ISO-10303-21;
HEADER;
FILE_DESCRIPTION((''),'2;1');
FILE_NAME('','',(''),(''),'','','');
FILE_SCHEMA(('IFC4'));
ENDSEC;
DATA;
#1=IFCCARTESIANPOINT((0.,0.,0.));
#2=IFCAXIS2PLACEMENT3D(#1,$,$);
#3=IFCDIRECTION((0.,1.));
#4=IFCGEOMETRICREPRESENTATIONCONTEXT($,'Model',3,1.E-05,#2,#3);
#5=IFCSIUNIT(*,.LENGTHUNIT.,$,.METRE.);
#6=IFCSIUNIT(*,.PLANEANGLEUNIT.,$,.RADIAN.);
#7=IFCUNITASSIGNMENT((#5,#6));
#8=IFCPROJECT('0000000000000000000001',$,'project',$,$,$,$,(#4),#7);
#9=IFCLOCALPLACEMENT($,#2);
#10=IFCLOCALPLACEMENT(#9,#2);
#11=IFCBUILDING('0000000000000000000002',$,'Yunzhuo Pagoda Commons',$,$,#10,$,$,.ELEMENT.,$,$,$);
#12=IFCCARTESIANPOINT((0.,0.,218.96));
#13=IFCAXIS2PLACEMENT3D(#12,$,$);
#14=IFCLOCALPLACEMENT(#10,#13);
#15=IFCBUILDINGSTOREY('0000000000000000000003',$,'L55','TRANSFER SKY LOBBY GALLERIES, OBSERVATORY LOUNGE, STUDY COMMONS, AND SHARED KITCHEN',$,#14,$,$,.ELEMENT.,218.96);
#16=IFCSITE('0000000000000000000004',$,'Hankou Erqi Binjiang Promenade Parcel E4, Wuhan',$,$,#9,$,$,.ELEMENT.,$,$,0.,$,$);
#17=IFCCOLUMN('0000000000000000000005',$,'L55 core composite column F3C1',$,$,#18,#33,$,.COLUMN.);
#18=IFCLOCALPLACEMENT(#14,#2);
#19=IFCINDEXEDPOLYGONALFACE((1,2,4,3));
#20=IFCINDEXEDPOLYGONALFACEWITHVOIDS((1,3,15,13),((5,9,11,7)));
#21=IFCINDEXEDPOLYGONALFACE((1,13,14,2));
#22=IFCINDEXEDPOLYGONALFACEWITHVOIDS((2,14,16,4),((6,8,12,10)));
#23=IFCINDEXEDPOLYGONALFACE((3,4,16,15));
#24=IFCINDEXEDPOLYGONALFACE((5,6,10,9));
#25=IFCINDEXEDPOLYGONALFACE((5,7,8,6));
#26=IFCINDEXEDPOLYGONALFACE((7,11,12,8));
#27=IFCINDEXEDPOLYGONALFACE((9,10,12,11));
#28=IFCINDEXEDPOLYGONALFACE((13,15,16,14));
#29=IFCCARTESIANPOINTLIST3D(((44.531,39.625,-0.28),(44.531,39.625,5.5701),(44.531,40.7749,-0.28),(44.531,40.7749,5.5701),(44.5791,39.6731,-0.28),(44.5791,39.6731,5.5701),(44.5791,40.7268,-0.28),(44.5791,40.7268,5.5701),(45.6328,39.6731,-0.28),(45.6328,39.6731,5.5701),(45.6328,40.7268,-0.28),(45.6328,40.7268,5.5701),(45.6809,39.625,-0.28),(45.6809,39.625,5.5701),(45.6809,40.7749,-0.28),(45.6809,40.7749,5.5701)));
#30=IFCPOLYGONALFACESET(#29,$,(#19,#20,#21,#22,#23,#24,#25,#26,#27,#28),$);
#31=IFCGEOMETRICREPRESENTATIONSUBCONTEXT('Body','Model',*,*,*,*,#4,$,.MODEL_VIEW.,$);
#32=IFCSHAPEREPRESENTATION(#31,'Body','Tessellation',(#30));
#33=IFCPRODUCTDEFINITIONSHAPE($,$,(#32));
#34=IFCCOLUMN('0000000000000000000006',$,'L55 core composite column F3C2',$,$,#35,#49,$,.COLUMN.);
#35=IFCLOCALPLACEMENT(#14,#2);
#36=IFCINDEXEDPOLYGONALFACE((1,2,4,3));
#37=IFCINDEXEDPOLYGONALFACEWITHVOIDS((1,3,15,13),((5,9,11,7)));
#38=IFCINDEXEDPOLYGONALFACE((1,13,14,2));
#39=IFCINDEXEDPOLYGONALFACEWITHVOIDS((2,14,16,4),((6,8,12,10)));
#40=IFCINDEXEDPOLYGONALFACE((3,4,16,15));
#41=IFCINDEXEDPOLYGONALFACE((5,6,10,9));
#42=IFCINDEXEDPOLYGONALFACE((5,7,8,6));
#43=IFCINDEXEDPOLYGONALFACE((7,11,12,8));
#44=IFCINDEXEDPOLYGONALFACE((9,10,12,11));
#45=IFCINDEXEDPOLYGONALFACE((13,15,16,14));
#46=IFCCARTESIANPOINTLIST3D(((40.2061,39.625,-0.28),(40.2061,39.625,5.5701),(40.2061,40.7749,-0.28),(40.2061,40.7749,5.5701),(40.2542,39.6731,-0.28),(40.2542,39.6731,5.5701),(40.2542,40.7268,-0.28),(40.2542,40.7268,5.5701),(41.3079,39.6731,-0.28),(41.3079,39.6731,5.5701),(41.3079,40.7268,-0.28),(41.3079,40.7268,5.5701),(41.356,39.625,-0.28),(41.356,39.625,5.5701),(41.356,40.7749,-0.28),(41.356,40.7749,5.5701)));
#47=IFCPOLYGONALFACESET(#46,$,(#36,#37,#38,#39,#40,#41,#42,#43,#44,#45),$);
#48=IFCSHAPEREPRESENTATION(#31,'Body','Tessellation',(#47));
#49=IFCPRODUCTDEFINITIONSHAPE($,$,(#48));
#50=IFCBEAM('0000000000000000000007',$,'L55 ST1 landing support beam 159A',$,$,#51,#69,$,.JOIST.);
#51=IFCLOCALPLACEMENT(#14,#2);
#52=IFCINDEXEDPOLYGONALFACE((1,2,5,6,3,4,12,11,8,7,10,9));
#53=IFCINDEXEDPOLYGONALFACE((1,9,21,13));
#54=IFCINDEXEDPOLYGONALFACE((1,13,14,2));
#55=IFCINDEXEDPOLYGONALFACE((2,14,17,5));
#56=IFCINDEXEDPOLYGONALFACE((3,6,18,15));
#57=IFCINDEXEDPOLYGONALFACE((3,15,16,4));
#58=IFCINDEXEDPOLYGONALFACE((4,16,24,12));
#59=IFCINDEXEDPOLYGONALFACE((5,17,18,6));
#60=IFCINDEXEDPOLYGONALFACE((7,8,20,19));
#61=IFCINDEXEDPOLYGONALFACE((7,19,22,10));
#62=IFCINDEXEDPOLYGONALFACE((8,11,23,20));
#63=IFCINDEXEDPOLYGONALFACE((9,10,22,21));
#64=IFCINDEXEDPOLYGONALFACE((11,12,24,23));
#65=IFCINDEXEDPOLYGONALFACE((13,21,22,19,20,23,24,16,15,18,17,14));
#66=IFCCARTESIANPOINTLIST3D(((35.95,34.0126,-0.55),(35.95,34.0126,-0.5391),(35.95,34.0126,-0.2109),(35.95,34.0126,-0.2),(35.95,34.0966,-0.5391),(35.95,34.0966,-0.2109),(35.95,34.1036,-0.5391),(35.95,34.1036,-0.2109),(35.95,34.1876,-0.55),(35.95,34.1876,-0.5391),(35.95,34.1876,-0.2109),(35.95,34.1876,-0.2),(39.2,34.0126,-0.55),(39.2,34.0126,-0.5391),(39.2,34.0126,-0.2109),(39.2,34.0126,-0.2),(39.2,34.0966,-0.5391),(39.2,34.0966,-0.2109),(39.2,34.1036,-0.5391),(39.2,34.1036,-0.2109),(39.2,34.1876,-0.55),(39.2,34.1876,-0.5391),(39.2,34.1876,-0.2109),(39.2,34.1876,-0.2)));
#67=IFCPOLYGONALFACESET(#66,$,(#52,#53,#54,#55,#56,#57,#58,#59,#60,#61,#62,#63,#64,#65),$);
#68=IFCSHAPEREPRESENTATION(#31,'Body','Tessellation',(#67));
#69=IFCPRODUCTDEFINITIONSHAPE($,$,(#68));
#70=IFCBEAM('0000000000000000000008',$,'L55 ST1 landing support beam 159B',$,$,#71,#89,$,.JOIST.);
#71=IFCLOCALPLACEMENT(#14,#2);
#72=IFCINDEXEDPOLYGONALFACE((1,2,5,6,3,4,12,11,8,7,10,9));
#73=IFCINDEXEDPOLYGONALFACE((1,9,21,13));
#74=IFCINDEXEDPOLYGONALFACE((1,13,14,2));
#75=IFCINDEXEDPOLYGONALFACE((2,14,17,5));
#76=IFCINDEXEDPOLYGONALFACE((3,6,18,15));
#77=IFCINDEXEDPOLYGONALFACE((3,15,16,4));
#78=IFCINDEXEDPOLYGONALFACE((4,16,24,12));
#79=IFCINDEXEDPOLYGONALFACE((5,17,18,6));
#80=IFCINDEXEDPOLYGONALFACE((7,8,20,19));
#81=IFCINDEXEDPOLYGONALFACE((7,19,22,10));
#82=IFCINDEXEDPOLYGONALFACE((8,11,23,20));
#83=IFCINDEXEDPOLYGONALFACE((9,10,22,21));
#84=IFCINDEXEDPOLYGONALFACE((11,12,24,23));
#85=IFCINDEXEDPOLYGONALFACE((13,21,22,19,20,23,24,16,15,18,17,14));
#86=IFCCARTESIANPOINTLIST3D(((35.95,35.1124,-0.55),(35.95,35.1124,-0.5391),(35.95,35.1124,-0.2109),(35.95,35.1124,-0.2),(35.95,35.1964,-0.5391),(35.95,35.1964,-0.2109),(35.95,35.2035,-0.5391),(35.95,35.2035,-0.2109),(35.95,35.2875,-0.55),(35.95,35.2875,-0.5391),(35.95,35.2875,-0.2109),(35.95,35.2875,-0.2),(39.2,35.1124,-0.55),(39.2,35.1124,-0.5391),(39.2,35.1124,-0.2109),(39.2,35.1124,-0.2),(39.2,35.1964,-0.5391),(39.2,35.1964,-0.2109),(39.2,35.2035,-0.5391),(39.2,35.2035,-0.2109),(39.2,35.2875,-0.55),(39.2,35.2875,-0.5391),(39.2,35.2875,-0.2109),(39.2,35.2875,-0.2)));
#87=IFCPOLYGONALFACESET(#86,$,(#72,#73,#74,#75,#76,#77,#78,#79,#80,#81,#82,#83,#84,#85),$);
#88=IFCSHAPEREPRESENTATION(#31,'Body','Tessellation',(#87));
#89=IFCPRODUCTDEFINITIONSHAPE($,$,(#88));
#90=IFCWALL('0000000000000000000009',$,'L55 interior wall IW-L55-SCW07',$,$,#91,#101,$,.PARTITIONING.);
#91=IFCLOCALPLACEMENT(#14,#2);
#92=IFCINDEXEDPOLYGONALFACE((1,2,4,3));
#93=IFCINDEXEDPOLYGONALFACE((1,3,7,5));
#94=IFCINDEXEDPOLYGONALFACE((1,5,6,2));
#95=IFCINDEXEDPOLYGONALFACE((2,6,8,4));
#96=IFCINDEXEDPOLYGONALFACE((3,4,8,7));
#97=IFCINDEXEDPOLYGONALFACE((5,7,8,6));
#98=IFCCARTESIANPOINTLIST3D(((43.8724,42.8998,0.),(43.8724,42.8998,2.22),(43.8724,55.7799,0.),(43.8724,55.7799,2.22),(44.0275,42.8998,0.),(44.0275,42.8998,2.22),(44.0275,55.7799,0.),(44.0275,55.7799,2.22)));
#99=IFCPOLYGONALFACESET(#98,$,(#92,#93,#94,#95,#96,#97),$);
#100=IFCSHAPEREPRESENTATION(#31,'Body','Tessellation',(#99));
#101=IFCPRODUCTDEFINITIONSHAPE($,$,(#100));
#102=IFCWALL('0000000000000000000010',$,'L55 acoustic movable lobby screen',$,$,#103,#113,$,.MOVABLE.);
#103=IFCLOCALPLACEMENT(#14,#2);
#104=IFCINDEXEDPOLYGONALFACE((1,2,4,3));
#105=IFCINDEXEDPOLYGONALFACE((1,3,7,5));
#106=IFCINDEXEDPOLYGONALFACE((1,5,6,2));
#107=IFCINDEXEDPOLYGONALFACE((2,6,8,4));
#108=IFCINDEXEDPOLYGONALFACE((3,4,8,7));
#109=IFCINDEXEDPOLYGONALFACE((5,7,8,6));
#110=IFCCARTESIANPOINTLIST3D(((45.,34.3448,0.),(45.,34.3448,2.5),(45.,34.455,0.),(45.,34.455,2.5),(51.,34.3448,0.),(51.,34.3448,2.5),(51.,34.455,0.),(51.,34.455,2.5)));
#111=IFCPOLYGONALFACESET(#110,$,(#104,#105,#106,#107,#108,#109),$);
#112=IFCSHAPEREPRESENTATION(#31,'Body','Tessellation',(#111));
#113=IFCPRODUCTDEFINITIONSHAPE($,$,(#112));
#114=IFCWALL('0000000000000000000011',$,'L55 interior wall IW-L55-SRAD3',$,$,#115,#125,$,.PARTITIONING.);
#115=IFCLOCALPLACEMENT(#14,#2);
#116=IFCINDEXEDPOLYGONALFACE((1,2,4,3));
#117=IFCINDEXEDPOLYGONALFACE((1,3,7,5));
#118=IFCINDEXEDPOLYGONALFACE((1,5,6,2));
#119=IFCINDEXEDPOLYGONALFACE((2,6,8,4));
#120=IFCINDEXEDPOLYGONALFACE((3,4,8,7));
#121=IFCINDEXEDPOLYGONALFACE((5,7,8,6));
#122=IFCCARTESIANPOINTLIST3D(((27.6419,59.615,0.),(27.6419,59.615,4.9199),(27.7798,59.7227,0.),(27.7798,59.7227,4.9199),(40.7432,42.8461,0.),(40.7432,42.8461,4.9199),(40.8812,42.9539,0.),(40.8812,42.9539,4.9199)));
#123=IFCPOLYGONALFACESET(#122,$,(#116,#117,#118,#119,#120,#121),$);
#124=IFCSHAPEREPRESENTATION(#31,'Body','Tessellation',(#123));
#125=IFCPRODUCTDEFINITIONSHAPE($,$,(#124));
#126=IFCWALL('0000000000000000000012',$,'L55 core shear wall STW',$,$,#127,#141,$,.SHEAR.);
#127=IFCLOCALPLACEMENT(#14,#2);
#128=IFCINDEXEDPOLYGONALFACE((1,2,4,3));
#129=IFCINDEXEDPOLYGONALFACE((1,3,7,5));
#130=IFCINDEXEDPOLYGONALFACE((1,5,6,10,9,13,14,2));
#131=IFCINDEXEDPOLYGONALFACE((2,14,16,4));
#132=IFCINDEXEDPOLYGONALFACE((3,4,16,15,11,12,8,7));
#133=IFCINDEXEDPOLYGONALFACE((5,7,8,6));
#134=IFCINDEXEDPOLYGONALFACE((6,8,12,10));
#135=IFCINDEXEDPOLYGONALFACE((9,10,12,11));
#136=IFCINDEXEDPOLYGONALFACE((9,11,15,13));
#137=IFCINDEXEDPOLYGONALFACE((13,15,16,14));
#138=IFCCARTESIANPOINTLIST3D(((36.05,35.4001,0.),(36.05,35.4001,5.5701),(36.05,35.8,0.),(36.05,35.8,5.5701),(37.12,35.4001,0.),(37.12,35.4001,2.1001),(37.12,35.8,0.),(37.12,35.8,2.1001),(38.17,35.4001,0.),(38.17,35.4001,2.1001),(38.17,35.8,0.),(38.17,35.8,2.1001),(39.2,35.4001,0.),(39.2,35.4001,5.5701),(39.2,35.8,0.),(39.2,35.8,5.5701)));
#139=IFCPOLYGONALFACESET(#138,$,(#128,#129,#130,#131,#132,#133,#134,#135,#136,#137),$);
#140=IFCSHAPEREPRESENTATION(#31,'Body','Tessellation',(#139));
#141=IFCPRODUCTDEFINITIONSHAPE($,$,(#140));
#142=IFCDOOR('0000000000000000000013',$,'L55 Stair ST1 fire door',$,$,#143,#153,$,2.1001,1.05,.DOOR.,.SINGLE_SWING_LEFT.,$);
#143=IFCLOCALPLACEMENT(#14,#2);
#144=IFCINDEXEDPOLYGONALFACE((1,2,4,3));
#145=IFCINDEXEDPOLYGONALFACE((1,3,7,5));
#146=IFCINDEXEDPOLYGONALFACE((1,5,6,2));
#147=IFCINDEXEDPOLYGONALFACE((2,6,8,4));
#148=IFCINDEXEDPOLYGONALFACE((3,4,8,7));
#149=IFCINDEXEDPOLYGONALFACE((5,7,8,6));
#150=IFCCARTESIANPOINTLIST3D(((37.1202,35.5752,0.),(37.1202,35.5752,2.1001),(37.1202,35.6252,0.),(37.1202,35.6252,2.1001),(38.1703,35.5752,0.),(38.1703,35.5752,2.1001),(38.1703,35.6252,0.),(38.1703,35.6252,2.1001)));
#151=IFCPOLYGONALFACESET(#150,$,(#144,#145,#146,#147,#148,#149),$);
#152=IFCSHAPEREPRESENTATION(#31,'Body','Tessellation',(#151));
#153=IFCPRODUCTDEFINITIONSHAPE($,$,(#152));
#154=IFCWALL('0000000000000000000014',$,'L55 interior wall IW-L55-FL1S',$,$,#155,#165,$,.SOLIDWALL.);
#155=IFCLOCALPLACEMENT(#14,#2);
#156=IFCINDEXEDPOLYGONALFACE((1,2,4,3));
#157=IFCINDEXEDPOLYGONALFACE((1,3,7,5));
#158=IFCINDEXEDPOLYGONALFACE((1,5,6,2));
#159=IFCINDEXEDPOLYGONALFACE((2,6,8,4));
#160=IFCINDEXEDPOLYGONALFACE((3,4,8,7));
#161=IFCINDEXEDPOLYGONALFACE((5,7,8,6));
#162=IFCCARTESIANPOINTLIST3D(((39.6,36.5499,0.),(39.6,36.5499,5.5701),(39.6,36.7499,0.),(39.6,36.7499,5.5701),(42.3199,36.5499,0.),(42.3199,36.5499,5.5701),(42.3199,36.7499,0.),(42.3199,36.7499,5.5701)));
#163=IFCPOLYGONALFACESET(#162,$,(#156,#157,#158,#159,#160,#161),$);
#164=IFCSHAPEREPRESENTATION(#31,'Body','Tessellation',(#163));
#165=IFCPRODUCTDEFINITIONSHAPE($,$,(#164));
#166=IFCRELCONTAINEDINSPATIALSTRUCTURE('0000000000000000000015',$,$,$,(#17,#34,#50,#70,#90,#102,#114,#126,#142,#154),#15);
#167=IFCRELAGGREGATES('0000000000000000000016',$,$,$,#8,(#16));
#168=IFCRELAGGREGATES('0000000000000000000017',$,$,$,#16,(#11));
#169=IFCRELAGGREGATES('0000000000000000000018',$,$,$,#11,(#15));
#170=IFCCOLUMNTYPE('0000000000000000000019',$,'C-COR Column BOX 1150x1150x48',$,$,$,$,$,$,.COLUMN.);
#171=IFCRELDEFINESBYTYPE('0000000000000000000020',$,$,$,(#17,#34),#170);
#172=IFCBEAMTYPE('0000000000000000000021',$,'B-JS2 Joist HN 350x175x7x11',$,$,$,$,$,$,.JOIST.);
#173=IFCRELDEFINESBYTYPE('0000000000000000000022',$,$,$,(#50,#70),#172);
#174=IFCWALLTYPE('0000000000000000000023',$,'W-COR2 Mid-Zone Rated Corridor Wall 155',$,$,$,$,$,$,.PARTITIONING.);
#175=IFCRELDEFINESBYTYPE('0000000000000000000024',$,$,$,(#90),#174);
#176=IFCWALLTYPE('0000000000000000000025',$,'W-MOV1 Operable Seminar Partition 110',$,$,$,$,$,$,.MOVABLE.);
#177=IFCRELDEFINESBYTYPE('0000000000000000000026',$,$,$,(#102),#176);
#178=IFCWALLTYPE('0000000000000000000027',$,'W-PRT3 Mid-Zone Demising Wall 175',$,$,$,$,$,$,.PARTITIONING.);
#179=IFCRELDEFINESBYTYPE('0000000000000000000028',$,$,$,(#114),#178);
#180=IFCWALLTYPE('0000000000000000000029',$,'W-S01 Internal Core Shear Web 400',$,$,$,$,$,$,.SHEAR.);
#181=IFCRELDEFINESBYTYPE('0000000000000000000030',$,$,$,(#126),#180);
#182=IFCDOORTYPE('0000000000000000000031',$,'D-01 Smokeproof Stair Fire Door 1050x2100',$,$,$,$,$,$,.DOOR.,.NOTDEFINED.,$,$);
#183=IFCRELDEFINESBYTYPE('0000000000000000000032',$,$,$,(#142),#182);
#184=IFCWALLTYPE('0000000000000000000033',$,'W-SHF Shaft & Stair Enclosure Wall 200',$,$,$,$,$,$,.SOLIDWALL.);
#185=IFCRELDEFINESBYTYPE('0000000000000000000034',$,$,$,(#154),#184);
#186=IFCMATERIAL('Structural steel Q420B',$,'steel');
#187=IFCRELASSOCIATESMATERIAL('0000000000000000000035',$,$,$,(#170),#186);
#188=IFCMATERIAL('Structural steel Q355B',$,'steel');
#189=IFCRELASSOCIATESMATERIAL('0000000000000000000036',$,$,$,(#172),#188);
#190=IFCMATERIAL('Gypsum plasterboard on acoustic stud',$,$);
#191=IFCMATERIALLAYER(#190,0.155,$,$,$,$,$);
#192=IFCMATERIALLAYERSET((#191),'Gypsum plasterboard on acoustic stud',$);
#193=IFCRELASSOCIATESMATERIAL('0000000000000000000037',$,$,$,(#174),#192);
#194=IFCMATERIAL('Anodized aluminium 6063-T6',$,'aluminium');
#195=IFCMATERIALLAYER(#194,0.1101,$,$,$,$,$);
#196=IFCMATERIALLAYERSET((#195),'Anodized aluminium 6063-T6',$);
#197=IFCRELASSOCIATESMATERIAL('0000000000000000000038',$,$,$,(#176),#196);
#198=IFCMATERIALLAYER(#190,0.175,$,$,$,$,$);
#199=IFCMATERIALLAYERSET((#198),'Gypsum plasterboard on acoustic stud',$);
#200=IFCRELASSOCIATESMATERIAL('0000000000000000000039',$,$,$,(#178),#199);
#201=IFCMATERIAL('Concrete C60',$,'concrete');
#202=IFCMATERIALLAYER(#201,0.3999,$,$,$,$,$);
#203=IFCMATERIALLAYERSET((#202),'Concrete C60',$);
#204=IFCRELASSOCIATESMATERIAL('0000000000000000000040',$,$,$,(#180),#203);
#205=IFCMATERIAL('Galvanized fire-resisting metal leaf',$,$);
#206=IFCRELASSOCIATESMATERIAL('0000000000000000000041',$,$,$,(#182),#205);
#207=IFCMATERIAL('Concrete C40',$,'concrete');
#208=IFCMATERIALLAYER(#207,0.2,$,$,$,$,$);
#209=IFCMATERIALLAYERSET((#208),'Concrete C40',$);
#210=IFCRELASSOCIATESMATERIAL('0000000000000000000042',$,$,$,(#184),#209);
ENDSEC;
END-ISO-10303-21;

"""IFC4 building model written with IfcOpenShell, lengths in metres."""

from ifc_helpers import new_model, si_unit, direction, frame, frame_2d, origin, origin_2d, place, context, subcontext, project, spatial, rectangle, hollow_rectangle, i_section, extrude, source, transform, mapped, material, layer, layer_set, material_profile, profile_set, type_object, element, fill, save


model = new_model("IFC4")

# Units and contexts
model_context = context("Model", 3, precision=1e-05, world=origin(), true_north=direction((0.0, 1.0)))
body_context = subcontext(model_context, "Body", "Model", "MODEL_VIEW")
ifc_project = project(units=[si_unit("LENGTHUNIT", "METRE"), si_unit("PLANEANGLEUNIT", "RADIAN")], contexts=[model_context])

# Site, building, storey
site_placement = place(None, origin())
site = spatial("IfcSite", under=ifc_project, at=site_placement, Name="Hankou Erqi Binjiang Promenade Parcel E4, Wuhan", CompositionType="ELEMENT", RefElevation=0.0)
building_placement = place(site_placement, origin())
building = spatial("IfcBuilding", under=site, at=building_placement, Name="Yunzhuo Pagoda Commons", CompositionType="ELEMENT")
storey_placement = place(building_placement, frame((0.0, 0.0, 218.96)))
storey = spatial("IfcBuildingStorey", under=building, at=storey_placement, Name="L55", Description="TRANSFER SKY LOBBY GALLERIES, OBSERVATORY LOUNGE, STUDY COMMONS, AND SHARED KITCHEN", CompositionType="ELEMENT", Elevation=218.96)

# Columns
ifc_material_1 = material(Name="Structural steel Q420B", Category="steel")
ifc_material_profile_1 = material_profile(ifc_material_1, hollow_rectangle(XDim=1.1499, YDim=1.1499, WallThickness=0.0481, at=origin_2d()), Name="Structural steel Q420B")
ifc_profile_set_1 = profile_set([ifc_material_profile_1], Name="Structural steel Q420B")
column_type = type_object("IfcColumnType", Name="C-COR Column BOX 1150x1150x48", PredefinedType="COLUMN", material=ifc_profile_set_1)
shared_shape_1 = source(origin(), body_context, "Body", "SweptSolid", [
    extrude(hollow_rectangle(XDim=1.1499, YDim=1.1499, WallThickness=0.0481, at=origin_2d()), origin(), (0.0, 0.0, 1.0), 5.8501),
])
for number, where, z_axis, x_axis, name in (
    (1, (45.106, 40.2, -0.28), (0.0, 0.0, 1.0), (1.0, 0.0, 0.0), "L55 core composite column F3C1"),
    (2, (40.781, 40.2, -0.28), (0.0, 0.0, 1.0), (1.0, 0.0, 0.0), "L55 core composite column F3C2"),
):
    element("IfcColumn", number, at=place(storey_placement, frame(where, z_axis=z_axis, x_axis=x_axis)), inside=storey, type_object=column_type, Name=name, PredefinedType="COLUMN", context=body_context, shape_type="MappedRepresentation", body=[
        mapped(shared_shape_1, transform((0.0, 0.0, 0.0), scale=1.0)),
    ])

# Beams
ifc_material_2 = material(Name="Structural steel Q355B", Category="steel")
ifc_material_profile_2 = material_profile(ifc_material_2, i_section(OverallWidth=0.175, OverallDepth=0.3501, WebThickness=0.0071, FlangeThickness=0.011, at=origin_2d()), Name="Structural steel Q355B")
ifc_profile_set_2 = profile_set([ifc_material_profile_2], Name="Structural steel Q355B")
beam_type = type_object("IfcBeamType", Name="B-JS2 Joist HN 350x175x7x11", PredefinedType="JOIST", material=ifc_profile_set_2)
shared_shape_2 = source(origin(), body_context, "Body", "SweptSolid", [
    extrude(i_section(OverallWidth=0.175, OverallDepth=0.3501, WebThickness=0.0071, FlangeThickness=0.011, at=origin_2d()), origin(), (0.0, 0.0, 1.0), 3.25),
])
for number, where, z_axis, x_axis, name in (
    (3, (35.95, 34.1001, -0.375), (1.0, 0.0, 0.0), (0.0, 1.0, 0.0), "L55 ST1 landing support beam 159A"),
    (4, (35.95, 35.2, -0.375), (1.0, 0.0, 0.0), (0.0, 1.0, 0.0), "L55 ST1 landing support beam 159B"),
):
    element("IfcBeam", number, at=place(storey_placement, frame(where, z_axis=z_axis, x_axis=x_axis)), inside=storey, type_object=beam_type, Name=name, PredefinedType="JOIST", context=body_context, shape_type="MappedRepresentation", body=[
        mapped(shared_shape_2, transform((0.0, 0.0, 0.0), scale=1.0)),
    ])

# Walls
ifc_material_3 = material(Name="Gypsum plasterboard on acoustic stud")
ifc_layer_1 = layer(ifc_material_3, 0.155)
ifc_layer_set_1 = layer_set([ifc_layer_1], Name="Gypsum plasterboard on acoustic stud")
wall_type_1 = type_object("IfcWallType", Name="W-COR2 Mid-Zone Rated Corridor Wall 155", PredefinedType="PARTITIONING", material=ifc_layer_set_1)
wall_1_placement = place(storey_placement, frame((43.95, 42.8999, 0.0), z_axis=(0.0, 0.0, 1.0), x_axis=(0.0, 1.0, 0.0)))
element("IfcWall", 5, at=wall_1_placement, inside=storey, type_object=wall_type_1, Name="L55 interior wall IW-L55-SCW07", PredefinedType="PARTITIONING", context=body_context, shape_type="SweptSolid", body=[
    extrude(rectangle(XDim=12.8801, YDim=0.155, at=frame_2d((6.4399, 0.0))), origin(), (0.0, 0.0, 1.0), 2.22),
])
ifc_material_4 = material(Name="Anodized aluminium 6063-T6", Category="aluminium")
ifc_layer_2 = layer(ifc_material_4, 0.1101)
ifc_layer_set_2 = layer_set([ifc_layer_2], Name="Anodized aluminium 6063-T6")
wall_type_2 = type_object("IfcWallType", Name="W-MOV1 Operable Seminar Partition 110", PredefinedType="MOVABLE", material=ifc_layer_set_2)
wall_2_placement = place(storey_placement, frame((45.0, 34.3999, 0.0), z_axis=(0.0, 0.0, 1.0), x_axis=(1.0, 0.0, 0.0)))
element("IfcWall", 6, at=wall_2_placement, inside=storey, type_object=wall_type_2, Name="L55 acoustic movable lobby screen", PredefinedType="MOVABLE", context=body_context, shape_type="SweptSolid", body=[
    extrude(rectangle(XDim=6.0, YDim=0.1101, at=frame_2d((3.0, 0.0))), origin(), (0.0, 0.0, 1.0), 2.5),
])
ifc_layer_3 = layer(ifc_material_3, 0.175)
ifc_layer_set_3 = layer_set([ifc_layer_3], Name="Gypsum plasterboard on acoustic stud")
wall_type_3 = type_object("IfcWallType", Name="W-PRT3 Mid-Zone Demising Wall 175", PredefinedType="PARTITIONING", material=ifc_layer_set_3)
wall_3_placement = place(storey_placement, frame((40.8123, 42.8999, 0.0), z_axis=(0.0, 0.0, 1.0), x_axis=(-0.615664, 0.788009, 0.0)))
element("IfcWall", 7, at=wall_3_placement, inside=storey, type_object=wall_type_3, Name="L55 interior wall IW-L55-SRAD3", PredefinedType="PARTITIONING", context=body_context, shape_type="SweptSolid", body=[
    extrude(rectangle(XDim=21.28, YDim=0.175, at=frame_2d((10.6401, 0.0))), origin(), (0.0, 0.0, 1.0), 4.9199),
])

# Wall, opening, door
ifc_material_5 = material(Name="Concrete C60", Category="concrete")
ifc_layer_4 = layer(ifc_material_5, 0.3999)
ifc_layer_set_4 = layer_set([ifc_layer_4], Name="Concrete C60")
wall_type_4 = type_object("IfcWallType", Name="W-S01 Internal Core Shear Web 400", PredefinedType="SHEAR", material=ifc_layer_set_4)
wall_4_placement = place(storey_placement, frame((36.05, 35.6001, 0.0), z_axis=(0.0, 0.0, 1.0), x_axis=(1.0, 0.0, 0.0)))
wall_4 = element("IfcWall", 8, at=wall_4_placement, inside=storey, type_object=wall_type_4, Name="L55 core shear wall STW", PredefinedType="SHEAR", context=body_context, shape_type="SweptSolid", body=[
    extrude(rectangle(XDim=3.1499, YDim=0.3999, at=frame_2d((1.575, 0.0))), origin(), (0.0, 0.0, 1.0), 5.5701),
])
opening_1_placement = place(wall_4_placement, frame((1.0701, 0.0, 0.0)))
opening_1 = element("IfcOpeningElement", 9, at=opening_1_placement, cuts=wall_4, PredefinedType="OPENING", context=body_context, shape_type="SweptSolid", body=[
    extrude(rectangle(XDim=1.05, YDim=2.1001, at=frame_2d((0.5249, 1.05))), frame((0.0, 0.21, 0.0), z_axis=(0.0, -1.0, 0.0), x_axis=(1.0, 0.0, 0.0)), (0.0, 0.0, 1.0), 0.4199),
])
ifc_material_6 = material(Name="Galvanized fire-resisting metal leaf")
door_type_1 = type_object("IfcDoorType", Name="D-01 Smokeproof Stair Fire Door 1050x2100", OperationType="NOTDEFINED", PredefinedType="DOOR", material=ifc_material_6)
shared_shape_3 = source(origin(), body_context, "Body", "SweptSolid", [
    extrude(rectangle(XDim=1.05, YDim=2.1001, at=frame_2d((0.5249, 1.05))), frame((0.0, 0.0249, 0.0), z_axis=(0.0, -1.0, 0.0), x_axis=(1.0, 0.0, 0.0)), (0.0, 0.0, 1.0), 0.05),
])
door_1_placement = place(opening_1_placement, frame((1.05, 0.0, 0.0), z_axis=(0.0, 0.0, 1.0), x_axis=(-1.0, 0.0, 0.0)))
door_1 = element("IfcDoor", 10, at=door_1_placement, inside=storey, type_object=door_type_1, Name="L55 Stair ST1 fire door", OperationType="SINGLE_SWING_LEFT", OverallHeight=2.1001, OverallWidth=1.05, PredefinedType="DOOR", context=body_context, shape_type="MappedRepresentation", body=[
    mapped(shared_shape_3, transform((0.0, 0.0, 0.0), scale=1.0)),
])
fill(opening_1, door_1)

# Wall
ifc_material_7 = material(Name="Concrete C40", Category="concrete")
ifc_layer_5 = layer(ifc_material_7, 0.2)
ifc_layer_set_5 = layer_set([ifc_layer_5], Name="Concrete C40")
wall_type_5 = type_object("IfcWallType", Name="W-SHF Shaft & Stair Enclosure Wall 200", PredefinedType="SOLIDWALL", material=ifc_layer_set_5)
wall_5_placement = place(storey_placement, frame((39.6001, 36.6499, 0.0), z_axis=(0.0, 0.0, 1.0), x_axis=(1.0, 0.0, 0.0)))
element("IfcWall", 11, at=wall_5_placement, inside=storey, type_object=wall_type_5, Name="L55 interior wall IW-L55-FL1S", PredefinedType="SOLIDWALL", context=body_context, shape_type="SweptSolid", body=[
    extrude(rectangle(XDim=2.72, YDim=0.2, at=frame_2d((1.3599, 0.0))), origin(), (0.0, 0.0, 1.0), 5.5701),
])

save(model, "model.ifc")
